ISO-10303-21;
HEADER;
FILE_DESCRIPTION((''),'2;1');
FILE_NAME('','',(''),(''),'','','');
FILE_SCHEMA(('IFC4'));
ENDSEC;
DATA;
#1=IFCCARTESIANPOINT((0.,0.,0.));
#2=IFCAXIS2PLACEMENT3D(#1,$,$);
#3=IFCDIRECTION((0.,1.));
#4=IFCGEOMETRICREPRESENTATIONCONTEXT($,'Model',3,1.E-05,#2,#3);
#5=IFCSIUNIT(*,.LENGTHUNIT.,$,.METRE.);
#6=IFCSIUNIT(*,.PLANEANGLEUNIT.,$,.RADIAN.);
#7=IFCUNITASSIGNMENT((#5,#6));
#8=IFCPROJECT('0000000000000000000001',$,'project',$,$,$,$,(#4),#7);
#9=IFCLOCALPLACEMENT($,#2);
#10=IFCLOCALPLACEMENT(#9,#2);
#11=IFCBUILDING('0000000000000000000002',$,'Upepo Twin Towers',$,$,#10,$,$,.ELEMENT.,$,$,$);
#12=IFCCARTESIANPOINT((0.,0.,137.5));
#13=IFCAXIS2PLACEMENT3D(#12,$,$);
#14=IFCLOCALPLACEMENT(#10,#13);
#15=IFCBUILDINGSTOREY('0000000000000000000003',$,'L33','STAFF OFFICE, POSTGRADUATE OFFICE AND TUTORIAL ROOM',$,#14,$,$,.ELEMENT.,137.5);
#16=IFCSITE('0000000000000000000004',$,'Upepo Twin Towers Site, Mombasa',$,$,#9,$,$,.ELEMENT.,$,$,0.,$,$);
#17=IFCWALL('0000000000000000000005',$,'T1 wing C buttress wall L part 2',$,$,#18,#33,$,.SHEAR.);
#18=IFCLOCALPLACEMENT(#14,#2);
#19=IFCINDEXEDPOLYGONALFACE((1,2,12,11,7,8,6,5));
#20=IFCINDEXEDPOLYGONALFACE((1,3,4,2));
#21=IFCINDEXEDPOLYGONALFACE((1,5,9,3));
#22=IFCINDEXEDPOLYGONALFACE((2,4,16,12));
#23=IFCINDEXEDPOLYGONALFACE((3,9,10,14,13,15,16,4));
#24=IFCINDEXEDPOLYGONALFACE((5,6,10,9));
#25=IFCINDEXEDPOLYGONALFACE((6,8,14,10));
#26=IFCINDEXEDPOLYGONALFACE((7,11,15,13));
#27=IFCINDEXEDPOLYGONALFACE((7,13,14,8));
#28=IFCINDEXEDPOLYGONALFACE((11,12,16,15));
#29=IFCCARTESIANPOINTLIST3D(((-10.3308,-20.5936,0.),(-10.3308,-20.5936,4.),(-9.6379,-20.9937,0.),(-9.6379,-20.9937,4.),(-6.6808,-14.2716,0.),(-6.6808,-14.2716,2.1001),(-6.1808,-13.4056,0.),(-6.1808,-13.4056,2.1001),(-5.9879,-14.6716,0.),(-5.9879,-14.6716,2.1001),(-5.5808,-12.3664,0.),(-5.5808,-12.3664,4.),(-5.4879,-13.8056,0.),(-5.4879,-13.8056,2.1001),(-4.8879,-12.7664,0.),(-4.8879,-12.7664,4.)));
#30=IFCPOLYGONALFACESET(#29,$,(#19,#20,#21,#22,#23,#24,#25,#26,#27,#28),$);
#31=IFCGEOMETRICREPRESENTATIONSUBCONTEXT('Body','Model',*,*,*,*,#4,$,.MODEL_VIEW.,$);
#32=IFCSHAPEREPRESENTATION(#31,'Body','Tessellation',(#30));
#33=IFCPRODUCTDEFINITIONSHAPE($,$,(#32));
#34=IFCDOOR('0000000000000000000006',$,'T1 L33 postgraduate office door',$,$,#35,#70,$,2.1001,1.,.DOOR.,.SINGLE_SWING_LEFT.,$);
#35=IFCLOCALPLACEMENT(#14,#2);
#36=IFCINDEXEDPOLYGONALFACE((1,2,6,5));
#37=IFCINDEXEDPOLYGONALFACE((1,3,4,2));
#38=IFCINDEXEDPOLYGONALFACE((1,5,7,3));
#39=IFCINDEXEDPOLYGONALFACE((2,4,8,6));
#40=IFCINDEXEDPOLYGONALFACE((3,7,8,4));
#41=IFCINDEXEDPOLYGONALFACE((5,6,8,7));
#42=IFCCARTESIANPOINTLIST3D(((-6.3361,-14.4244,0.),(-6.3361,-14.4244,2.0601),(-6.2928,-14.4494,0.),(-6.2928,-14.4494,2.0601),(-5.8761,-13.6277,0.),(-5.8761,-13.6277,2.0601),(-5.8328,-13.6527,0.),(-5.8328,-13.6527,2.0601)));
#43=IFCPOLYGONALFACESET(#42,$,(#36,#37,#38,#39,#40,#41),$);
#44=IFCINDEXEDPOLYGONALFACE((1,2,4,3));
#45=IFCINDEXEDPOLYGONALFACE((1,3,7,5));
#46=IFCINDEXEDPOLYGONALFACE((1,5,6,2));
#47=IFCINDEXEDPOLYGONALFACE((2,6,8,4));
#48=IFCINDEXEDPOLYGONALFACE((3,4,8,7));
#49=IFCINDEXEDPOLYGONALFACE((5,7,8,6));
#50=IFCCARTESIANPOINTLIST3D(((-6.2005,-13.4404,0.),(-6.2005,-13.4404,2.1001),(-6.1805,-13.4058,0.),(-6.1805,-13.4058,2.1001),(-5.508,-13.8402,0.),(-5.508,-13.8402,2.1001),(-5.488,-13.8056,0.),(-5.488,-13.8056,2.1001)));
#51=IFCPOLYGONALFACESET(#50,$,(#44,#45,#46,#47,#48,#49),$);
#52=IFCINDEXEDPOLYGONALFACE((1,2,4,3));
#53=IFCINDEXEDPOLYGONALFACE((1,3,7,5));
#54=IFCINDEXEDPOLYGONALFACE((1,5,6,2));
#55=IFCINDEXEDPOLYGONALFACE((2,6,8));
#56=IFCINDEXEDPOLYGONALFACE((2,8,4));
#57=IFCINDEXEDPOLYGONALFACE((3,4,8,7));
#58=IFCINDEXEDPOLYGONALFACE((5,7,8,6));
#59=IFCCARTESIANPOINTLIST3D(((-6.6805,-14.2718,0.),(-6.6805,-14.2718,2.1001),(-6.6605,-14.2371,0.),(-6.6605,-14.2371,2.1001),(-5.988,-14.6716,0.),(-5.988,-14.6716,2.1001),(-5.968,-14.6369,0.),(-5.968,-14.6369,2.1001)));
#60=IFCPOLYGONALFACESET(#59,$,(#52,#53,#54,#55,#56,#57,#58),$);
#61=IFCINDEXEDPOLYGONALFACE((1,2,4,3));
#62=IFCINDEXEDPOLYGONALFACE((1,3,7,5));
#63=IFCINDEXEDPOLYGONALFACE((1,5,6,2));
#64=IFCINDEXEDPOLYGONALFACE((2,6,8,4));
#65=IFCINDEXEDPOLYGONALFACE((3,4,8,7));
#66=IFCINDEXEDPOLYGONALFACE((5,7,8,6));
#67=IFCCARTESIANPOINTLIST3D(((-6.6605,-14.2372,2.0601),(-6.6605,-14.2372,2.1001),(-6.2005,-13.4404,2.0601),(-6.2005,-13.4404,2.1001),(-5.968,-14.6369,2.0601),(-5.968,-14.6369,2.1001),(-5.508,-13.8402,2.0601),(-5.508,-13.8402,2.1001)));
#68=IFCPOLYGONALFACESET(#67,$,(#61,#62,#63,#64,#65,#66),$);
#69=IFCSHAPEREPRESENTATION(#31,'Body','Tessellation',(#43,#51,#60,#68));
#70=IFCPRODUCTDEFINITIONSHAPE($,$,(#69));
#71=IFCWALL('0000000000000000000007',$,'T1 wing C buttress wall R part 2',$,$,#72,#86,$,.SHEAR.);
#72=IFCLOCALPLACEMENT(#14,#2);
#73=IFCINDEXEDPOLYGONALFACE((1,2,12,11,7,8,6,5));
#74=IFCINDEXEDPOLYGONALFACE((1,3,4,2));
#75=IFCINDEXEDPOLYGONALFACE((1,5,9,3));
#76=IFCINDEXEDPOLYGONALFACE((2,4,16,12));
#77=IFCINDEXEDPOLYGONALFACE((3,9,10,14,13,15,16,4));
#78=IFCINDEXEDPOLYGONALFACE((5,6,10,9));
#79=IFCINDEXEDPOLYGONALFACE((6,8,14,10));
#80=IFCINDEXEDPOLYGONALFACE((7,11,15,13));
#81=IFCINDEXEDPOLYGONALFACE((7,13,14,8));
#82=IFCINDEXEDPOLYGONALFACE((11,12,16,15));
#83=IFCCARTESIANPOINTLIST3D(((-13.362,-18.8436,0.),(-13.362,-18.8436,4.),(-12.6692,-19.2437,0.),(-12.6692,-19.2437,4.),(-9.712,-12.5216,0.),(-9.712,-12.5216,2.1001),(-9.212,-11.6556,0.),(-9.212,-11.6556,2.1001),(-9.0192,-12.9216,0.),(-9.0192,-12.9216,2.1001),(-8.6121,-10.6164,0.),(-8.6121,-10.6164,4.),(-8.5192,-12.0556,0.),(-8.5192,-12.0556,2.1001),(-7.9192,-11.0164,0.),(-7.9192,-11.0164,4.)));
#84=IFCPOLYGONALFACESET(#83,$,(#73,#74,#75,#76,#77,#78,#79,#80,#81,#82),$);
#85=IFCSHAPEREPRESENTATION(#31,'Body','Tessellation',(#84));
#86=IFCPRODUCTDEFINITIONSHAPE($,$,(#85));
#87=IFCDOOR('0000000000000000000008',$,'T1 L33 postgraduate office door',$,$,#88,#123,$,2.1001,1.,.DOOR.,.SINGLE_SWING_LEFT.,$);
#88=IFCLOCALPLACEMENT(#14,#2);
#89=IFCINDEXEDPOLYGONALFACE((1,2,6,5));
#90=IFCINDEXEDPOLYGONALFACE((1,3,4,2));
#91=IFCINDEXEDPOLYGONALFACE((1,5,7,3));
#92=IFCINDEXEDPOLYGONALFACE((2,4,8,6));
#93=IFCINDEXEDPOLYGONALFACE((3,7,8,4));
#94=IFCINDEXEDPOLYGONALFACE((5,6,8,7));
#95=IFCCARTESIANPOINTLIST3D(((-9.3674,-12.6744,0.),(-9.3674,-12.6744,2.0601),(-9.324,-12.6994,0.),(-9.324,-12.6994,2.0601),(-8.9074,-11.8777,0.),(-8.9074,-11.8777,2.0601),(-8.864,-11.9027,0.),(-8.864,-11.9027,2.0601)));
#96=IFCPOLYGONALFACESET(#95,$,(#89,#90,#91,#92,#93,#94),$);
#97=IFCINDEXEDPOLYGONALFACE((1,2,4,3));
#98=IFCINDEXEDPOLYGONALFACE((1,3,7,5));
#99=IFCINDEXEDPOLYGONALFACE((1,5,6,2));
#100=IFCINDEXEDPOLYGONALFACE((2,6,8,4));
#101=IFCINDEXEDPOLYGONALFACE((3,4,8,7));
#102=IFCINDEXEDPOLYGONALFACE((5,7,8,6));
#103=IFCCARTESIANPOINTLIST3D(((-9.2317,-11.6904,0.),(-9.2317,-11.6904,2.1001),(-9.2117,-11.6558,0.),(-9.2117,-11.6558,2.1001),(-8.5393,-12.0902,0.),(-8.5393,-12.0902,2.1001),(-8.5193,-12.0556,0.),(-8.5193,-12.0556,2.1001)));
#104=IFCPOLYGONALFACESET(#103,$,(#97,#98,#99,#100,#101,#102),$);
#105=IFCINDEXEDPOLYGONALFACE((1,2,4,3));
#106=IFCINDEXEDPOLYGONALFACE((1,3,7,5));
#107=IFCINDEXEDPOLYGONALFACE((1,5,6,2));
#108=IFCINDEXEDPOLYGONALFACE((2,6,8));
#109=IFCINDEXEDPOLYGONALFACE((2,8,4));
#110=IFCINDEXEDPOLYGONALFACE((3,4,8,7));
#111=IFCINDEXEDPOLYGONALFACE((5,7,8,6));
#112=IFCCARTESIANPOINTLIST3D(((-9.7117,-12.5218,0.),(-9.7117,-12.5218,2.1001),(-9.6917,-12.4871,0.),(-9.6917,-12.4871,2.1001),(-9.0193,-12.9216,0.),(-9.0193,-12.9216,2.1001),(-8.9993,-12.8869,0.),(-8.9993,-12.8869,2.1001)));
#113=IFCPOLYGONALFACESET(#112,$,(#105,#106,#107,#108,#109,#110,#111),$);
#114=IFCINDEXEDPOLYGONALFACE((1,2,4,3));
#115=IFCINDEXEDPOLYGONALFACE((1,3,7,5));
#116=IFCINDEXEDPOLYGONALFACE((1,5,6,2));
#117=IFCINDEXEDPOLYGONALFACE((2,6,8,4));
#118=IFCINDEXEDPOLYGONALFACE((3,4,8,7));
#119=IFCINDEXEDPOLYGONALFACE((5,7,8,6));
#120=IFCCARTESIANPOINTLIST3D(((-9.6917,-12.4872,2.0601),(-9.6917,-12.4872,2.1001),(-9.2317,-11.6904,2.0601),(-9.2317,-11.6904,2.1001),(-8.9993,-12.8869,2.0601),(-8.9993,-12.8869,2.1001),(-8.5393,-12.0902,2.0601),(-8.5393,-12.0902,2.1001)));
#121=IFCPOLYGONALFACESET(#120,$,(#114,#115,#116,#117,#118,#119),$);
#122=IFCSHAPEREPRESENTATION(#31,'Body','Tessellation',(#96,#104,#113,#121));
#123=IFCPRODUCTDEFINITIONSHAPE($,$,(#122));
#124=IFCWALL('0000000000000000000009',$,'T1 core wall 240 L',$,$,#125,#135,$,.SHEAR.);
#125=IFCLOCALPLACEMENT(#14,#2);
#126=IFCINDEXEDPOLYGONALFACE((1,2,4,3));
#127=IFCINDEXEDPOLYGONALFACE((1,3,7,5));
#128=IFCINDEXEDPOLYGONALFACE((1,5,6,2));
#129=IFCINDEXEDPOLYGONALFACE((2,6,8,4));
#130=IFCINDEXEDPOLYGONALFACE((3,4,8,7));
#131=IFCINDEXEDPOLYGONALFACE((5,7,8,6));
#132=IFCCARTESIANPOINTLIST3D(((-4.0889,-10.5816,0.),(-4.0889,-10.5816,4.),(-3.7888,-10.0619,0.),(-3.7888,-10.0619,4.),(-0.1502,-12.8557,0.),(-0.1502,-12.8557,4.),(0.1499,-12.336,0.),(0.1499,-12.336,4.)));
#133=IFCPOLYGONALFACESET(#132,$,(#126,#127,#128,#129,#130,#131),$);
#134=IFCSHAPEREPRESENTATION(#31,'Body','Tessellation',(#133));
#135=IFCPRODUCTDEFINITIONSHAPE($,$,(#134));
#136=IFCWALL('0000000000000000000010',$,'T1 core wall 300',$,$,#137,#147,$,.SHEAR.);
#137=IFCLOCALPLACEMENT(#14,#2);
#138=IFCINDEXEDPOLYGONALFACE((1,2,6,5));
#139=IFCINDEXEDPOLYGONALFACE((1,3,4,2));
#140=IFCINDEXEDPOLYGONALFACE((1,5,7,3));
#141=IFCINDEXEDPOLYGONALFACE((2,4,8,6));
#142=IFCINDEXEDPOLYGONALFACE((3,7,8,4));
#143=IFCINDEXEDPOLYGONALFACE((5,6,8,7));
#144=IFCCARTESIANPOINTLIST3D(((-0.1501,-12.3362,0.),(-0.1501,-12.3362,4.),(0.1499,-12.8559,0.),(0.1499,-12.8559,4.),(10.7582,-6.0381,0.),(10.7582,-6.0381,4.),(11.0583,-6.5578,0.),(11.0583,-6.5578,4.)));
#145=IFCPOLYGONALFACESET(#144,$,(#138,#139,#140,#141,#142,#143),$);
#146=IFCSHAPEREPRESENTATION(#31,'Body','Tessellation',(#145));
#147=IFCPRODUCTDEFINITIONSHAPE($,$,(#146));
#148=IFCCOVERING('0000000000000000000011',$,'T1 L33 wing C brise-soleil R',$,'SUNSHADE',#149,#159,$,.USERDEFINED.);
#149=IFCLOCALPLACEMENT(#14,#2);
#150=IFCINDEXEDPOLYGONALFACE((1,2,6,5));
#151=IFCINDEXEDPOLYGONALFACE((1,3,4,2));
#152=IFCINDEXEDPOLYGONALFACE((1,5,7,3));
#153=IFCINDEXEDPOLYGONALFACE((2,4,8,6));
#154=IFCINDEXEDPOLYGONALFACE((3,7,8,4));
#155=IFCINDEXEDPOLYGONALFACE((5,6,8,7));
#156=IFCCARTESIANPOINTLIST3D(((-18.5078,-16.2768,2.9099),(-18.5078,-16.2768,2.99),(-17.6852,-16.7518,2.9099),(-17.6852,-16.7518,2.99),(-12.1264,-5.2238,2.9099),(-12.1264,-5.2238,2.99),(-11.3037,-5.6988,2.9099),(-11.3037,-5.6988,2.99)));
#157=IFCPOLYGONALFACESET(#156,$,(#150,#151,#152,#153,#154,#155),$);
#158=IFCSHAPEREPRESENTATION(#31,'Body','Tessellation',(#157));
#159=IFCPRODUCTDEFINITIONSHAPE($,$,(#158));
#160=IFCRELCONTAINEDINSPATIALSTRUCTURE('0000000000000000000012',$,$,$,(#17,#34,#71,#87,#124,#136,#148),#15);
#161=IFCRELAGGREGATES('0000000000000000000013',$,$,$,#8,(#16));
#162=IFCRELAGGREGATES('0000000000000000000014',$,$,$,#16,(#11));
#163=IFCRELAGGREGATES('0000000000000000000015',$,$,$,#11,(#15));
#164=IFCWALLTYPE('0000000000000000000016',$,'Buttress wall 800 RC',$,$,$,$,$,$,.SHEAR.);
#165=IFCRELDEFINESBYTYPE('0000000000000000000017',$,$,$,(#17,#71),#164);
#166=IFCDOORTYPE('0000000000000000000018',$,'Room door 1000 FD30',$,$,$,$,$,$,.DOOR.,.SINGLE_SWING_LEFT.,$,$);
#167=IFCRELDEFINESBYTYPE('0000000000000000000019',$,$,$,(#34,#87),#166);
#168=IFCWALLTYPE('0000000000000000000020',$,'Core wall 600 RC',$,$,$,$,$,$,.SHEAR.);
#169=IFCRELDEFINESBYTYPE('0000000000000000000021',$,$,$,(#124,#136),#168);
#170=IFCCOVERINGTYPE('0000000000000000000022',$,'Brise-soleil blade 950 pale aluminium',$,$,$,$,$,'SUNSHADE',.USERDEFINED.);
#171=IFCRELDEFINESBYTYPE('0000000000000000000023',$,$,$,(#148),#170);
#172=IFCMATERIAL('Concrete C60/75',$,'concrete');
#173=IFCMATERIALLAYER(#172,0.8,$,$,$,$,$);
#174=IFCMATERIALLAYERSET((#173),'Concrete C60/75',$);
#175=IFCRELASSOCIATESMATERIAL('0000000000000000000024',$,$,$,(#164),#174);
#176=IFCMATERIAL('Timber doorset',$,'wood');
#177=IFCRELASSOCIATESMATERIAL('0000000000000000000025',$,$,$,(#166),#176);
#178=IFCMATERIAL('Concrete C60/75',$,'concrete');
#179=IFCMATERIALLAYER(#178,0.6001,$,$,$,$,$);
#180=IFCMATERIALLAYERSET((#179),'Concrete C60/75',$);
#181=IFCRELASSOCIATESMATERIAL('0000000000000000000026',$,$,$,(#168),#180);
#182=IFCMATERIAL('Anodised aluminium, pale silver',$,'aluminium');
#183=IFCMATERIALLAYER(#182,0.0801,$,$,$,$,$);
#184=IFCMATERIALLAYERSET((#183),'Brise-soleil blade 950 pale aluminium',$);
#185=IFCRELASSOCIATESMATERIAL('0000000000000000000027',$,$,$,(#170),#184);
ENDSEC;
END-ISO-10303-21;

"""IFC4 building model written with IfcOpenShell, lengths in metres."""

from ifc_helpers import new_model, si_unit, direction, frame, frame_2d, origin, origin_2d, place, context, subcontext, project, spatial, rectangle, extrude, material, layer, layer_set, type_object, element, fill, save


model = new_model("IFC4")

# Units and contexts
model_context = context("Model", 3, precision=1e-05, world=origin(), true_north=direction((0.0, 1.0)))
body_context = subcontext(model_context, "Body", "Model", "MODEL_VIEW")
ifc_project = project(units=[si_unit("LENGTHUNIT", "METRE"), si_unit("PLANEANGLEUNIT", "RADIAN")], contexts=[model_context])

# Site, building, storey
site_placement = place(None, origin())
site = spatial("IfcSite", under=ifc_project, at=site_placement, Name="Upepo Twin Towers Site, Mombasa", CompositionType="ELEMENT", RefElevation=0.0)
building_placement = place(site_placement, origin())
building = spatial("IfcBuilding", under=site, at=building_placement, Name="Upepo Twin Towers", CompositionType="ELEMENT")
storey_placement = place(building_placement, frame((0.0, 0.0, 137.5)))
storey = spatial("IfcBuildingStorey", under=building, at=storey_placement, Name="L33", Description="STAFF OFFICE, POSTGRADUATE OFFICE AND TUTORIAL ROOM", CompositionType="ELEMENT", Elevation=137.5)

# Walls, openings, doors
ifc_material_1 = material(Name="Concrete C60/75", Category="concrete")
ifc_layer_1 = layer(ifc_material_1, 0.8)
ifc_layer_set_1 = layer_set([ifc_layer_1], Name="Concrete C60/75")
wall_type_1 = type_object("IfcWallType", Name="Buttress wall 800 RC", PredefinedType="SHEAR", material=ifc_layer_set_1)
wall_1_placement = place(storey_placement, frame((-5.2344, -12.5664, 0.0), z_axis=(0.0, 0.0, 1.0), x_axis=(-0.499998, -0.866027, 0.0)))
wall_1 = element("IfcWall", 1, at=wall_1_placement, inside=storey, type_object=wall_type_1, Name="T1 wing C buttress wall L part 2", PredefinedType="SHEAR", context=body_context, shape_type="SweptSolid", body=[
    extrude(rectangle(XDim=9.5, YDim=0.8, at=frame_2d((4.75, 0.0))), origin(), (0.0, 0.0, 1.0), 4.0),
])
opening_1_placement = place(wall_1_placement, frame((1.2, 0.0, 0.0)))
opening_1 = element("IfcOpeningElement", 2, at=opening_1_placement, cuts=wall_1, PredefinedType="OPENING", context=body_context, shape_type="SweptSolid", body=[
    extrude(rectangle(XDim=1.0, YDim=2.1001, at=frame_2d((0.5, 1.05))), frame((0.0, 0.4099, 0.0), z_axis=(0.0, -1.0, 0.0), x_axis=(1.0, 0.0, 0.0)), (0.0, 0.0, 1.0), 0.8201),
])
ifc_material_2 = material(Name="Timber doorset", Category="wood")
door_type = type_object("IfcDoorType", Name="Room door 1000 FD30", OperationType="SINGLE_SWING_LEFT", PredefinedType="DOOR", material=ifc_material_2)
door_1_placement = place(opening_1_placement, origin())
door_1 = element("IfcDoor", 3, at=door_1_placement, inside=storey, type_object=door_type, Name="T1 L33 postgraduate office door", OperationType="SINGLE_SWING_LEFT", OverallHeight=2.1001, OverallWidth=1.0, PredefinedType="DOOR", context=body_context, shape_type="SweptSolid", body=[
    extrude(rectangle(XDim=0.92, YDim=2.0601, at=frame_2d((0.5, 1.03))), frame((0.0, 0.0249, 0.0), z_axis=(0.0, -1.0, 0.0), x_axis=(1.0, 0.0, 0.0)), (0.0, 0.0, 1.0), 0.05),
    extrude(rectangle(XDim=0.04, YDim=2.1001, at=frame_2d((0.02, 1.05))), frame((0.0, 0.3999, 0.0), z_axis=(0.0, -1.0, 0.0), x_axis=(1.0, 0.0, 0.0)), (0.0, 0.0, 1.0), 0.7996),
    extrude(rectangle(XDim=0.04, YDim=2.1001, at=frame_2d((0.98, 1.05))), frame((0.0, 0.3999, 0.0), z_axis=(0.0, -1.0, 0.0), x_axis=(1.0, 0.0, 0.0)), (0.0, 0.0, 1.0), 0.7996),
    extrude(rectangle(XDim=0.92, YDim=0.04, at=frame_2d((0.5, 2.0801))), frame((0.0, 0.3999, 0.0), z_axis=(0.0, -1.0, 0.0), x_axis=(1.0, 0.0, 0.0)), (0.0, 0.0, 1.0), 0.7996),
])
fill(opening_1, door_1)
wall_2_placement = place(storey_placement, frame((-8.2656, -10.8164, 0.0), z_axis=(0.0, 0.0, 1.0), x_axis=(-0.499998, -0.866027, 0.0)))
wall_2 = element("IfcWall", 4, at=wall_2_placement, inside=storey, type_object=wall_type_1, Name="T1 wing C buttress wall R part 2", PredefinedType="SHEAR", context=body_context, shape_type="SweptSolid", body=[
    extrude(rectangle(XDim=9.5, YDim=0.8, at=frame_2d((4.75, 0.0))), origin(), (0.0, 0.0, 1.0), 4.0),
])
opening_2_placement = place(wall_2_placement, frame((1.2, 0.0, 0.0)))
opening_2 = element("IfcOpeningElement", 5, at=opening_2_placement, cuts=wall_2, PredefinedType="OPENING", context=body_context, shape_type="SweptSolid", body=[
    extrude(rectangle(XDim=1.0, YDim=2.1001, at=frame_2d((0.5, 1.05))), frame((0.0, 0.4099, 0.0), z_axis=(0.0, -1.0, 0.0), x_axis=(1.0, 0.0, 0.0)), (0.0, 0.0, 1.0), 0.8201),
])
door_2_placement = place(opening_2_placement, origin())
door_2 = element("IfcDoor", 6, at=door_2_placement, inside=storey, type_object=door_type, Name="T1 L33 postgraduate office door", OperationType="SINGLE_SWING_LEFT", OverallHeight=2.1001, OverallWidth=1.0, PredefinedType="DOOR", context=body_context, shape_type="SweptSolid", body=[
    extrude(rectangle(XDim=0.92, YDim=2.0601, at=frame_2d((0.5, 1.03))), frame((0.0, 0.0249, 0.0), z_axis=(0.0, -1.0, 0.0), x_axis=(1.0, 0.0, 0.0)), (0.0, 0.0, 1.0), 0.05),
    extrude(rectangle(XDim=0.04, YDim=2.1001, at=frame_2d((0.02, 1.05))), frame((0.0, 0.3999, 0.0), z_axis=(0.0, -1.0, 0.0), x_axis=(1.0, 0.0, 0.0)), (0.0, 0.0, 1.0), 0.7996),
    extrude(rectangle(XDim=0.04, YDim=2.1001, at=frame_2d((0.98, 1.05))), frame((0.0, 0.3999, 0.0), z_axis=(0.0, -1.0, 0.0), x_axis=(1.0, 0.0, 0.0)), (0.0, 0.0, 1.0), 0.7996),
    extrude(rectangle(XDim=0.92, YDim=0.04, at=frame_2d((0.5, 2.0801))), frame((0.0, 0.3999, 0.0), z_axis=(0.0, -1.0, 0.0), x_axis=(1.0, 0.0, 0.0)), (0.0, 0.0, 1.0), 0.7996),
])
fill(opening_2, door_2)

# Walls
ifc_material_3 = material(Name="Concrete C60/75", Category="concrete")
ifc_layer_2 = layer(ifc_material_3, 0.6001)
ifc_layer_set_2 = layer_set([ifc_layer_2], Name="Concrete C60/75")
wall_type_2 = type_object("IfcWallType", Name="Core wall 600 RC", PredefinedType="SHEAR", material=ifc_layer_set_2)
wall_3_placement = place(storey_placement, frame((-3.9387, -10.3218, 0.0), z_axis=(0.0, 0.0, 1.0), x_axis=(0.866011, -0.500024, 0.0)))
element("IfcWall", 7, at=wall_3_placement, inside=storey, type_object=wall_type_2, Name="T1 core wall 240 L", PredefinedType="SHEAR", context=body_context, shape_type="SweptSolid", body=[
    extrude(rectangle(XDim=4.5481, YDim=0.6001, at=frame_2d((2.2739, 0.0))), origin(), (0.0, 0.0, 1.0), 4.0),
])
wall_4_placement = place(storey_placement, frame((0.0, -12.5959, 0.0), z_axis=(0.0, 0.0, 1.0), x_axis=(0.866022, 0.500006, 0.0)))
element("IfcWall", 8, at=wall_4_placement, inside=storey, type_object=wall_type_2, Name="T1 core wall 300", PredefinedType="SHEAR", context=body_context, shape_type="SweptSolid", body=[
    extrude(rectangle(XDim=12.5959, YDim=0.6001, at=frame_2d((6.2979, 0.0))), origin(), (0.0, 0.0, 1.0), 4.0),
])

# Covering
ifc_material_4 = material(Name="Anodised aluminium, pale silver", Category="aluminium")
ifc_layer_3 = layer(ifc_material_4, 0.0801)
ifc_layer_set_3 = layer_set([ifc_layer_3], Name="Brise-soleil blade 950 pale aluminium")
covering_type = type_object("IfcCoveringType", Name="Brise-soleil blade 950 pale aluminium", ElementType="SUNSHADE", PredefinedType="USERDEFINED", material=ifc_layer_set_3)
covering_placement = place(storey_placement, frame((-14.9058, -10.9878, 2.9099), z_axis=(0.0, 0.0, 1.0), x_axis=(-0.5, -0.866025, 0.0)))
element("IfcCovering", 9, at=covering_placement, inside=storey, type_object=covering_type, Name="T1 L33 wing C brise-soleil R", ObjectType="SUNSHADE", PredefinedType="USERDEFINED", context=body_context, shape_type="SweptSolid", body=[
    extrude(rectangle(XDim=12.7629, YDim=0.95, at=origin_2d()), origin(), (0.0, 0.0, 1.0), 0.0801),
])

save(model, "model.ifc")
